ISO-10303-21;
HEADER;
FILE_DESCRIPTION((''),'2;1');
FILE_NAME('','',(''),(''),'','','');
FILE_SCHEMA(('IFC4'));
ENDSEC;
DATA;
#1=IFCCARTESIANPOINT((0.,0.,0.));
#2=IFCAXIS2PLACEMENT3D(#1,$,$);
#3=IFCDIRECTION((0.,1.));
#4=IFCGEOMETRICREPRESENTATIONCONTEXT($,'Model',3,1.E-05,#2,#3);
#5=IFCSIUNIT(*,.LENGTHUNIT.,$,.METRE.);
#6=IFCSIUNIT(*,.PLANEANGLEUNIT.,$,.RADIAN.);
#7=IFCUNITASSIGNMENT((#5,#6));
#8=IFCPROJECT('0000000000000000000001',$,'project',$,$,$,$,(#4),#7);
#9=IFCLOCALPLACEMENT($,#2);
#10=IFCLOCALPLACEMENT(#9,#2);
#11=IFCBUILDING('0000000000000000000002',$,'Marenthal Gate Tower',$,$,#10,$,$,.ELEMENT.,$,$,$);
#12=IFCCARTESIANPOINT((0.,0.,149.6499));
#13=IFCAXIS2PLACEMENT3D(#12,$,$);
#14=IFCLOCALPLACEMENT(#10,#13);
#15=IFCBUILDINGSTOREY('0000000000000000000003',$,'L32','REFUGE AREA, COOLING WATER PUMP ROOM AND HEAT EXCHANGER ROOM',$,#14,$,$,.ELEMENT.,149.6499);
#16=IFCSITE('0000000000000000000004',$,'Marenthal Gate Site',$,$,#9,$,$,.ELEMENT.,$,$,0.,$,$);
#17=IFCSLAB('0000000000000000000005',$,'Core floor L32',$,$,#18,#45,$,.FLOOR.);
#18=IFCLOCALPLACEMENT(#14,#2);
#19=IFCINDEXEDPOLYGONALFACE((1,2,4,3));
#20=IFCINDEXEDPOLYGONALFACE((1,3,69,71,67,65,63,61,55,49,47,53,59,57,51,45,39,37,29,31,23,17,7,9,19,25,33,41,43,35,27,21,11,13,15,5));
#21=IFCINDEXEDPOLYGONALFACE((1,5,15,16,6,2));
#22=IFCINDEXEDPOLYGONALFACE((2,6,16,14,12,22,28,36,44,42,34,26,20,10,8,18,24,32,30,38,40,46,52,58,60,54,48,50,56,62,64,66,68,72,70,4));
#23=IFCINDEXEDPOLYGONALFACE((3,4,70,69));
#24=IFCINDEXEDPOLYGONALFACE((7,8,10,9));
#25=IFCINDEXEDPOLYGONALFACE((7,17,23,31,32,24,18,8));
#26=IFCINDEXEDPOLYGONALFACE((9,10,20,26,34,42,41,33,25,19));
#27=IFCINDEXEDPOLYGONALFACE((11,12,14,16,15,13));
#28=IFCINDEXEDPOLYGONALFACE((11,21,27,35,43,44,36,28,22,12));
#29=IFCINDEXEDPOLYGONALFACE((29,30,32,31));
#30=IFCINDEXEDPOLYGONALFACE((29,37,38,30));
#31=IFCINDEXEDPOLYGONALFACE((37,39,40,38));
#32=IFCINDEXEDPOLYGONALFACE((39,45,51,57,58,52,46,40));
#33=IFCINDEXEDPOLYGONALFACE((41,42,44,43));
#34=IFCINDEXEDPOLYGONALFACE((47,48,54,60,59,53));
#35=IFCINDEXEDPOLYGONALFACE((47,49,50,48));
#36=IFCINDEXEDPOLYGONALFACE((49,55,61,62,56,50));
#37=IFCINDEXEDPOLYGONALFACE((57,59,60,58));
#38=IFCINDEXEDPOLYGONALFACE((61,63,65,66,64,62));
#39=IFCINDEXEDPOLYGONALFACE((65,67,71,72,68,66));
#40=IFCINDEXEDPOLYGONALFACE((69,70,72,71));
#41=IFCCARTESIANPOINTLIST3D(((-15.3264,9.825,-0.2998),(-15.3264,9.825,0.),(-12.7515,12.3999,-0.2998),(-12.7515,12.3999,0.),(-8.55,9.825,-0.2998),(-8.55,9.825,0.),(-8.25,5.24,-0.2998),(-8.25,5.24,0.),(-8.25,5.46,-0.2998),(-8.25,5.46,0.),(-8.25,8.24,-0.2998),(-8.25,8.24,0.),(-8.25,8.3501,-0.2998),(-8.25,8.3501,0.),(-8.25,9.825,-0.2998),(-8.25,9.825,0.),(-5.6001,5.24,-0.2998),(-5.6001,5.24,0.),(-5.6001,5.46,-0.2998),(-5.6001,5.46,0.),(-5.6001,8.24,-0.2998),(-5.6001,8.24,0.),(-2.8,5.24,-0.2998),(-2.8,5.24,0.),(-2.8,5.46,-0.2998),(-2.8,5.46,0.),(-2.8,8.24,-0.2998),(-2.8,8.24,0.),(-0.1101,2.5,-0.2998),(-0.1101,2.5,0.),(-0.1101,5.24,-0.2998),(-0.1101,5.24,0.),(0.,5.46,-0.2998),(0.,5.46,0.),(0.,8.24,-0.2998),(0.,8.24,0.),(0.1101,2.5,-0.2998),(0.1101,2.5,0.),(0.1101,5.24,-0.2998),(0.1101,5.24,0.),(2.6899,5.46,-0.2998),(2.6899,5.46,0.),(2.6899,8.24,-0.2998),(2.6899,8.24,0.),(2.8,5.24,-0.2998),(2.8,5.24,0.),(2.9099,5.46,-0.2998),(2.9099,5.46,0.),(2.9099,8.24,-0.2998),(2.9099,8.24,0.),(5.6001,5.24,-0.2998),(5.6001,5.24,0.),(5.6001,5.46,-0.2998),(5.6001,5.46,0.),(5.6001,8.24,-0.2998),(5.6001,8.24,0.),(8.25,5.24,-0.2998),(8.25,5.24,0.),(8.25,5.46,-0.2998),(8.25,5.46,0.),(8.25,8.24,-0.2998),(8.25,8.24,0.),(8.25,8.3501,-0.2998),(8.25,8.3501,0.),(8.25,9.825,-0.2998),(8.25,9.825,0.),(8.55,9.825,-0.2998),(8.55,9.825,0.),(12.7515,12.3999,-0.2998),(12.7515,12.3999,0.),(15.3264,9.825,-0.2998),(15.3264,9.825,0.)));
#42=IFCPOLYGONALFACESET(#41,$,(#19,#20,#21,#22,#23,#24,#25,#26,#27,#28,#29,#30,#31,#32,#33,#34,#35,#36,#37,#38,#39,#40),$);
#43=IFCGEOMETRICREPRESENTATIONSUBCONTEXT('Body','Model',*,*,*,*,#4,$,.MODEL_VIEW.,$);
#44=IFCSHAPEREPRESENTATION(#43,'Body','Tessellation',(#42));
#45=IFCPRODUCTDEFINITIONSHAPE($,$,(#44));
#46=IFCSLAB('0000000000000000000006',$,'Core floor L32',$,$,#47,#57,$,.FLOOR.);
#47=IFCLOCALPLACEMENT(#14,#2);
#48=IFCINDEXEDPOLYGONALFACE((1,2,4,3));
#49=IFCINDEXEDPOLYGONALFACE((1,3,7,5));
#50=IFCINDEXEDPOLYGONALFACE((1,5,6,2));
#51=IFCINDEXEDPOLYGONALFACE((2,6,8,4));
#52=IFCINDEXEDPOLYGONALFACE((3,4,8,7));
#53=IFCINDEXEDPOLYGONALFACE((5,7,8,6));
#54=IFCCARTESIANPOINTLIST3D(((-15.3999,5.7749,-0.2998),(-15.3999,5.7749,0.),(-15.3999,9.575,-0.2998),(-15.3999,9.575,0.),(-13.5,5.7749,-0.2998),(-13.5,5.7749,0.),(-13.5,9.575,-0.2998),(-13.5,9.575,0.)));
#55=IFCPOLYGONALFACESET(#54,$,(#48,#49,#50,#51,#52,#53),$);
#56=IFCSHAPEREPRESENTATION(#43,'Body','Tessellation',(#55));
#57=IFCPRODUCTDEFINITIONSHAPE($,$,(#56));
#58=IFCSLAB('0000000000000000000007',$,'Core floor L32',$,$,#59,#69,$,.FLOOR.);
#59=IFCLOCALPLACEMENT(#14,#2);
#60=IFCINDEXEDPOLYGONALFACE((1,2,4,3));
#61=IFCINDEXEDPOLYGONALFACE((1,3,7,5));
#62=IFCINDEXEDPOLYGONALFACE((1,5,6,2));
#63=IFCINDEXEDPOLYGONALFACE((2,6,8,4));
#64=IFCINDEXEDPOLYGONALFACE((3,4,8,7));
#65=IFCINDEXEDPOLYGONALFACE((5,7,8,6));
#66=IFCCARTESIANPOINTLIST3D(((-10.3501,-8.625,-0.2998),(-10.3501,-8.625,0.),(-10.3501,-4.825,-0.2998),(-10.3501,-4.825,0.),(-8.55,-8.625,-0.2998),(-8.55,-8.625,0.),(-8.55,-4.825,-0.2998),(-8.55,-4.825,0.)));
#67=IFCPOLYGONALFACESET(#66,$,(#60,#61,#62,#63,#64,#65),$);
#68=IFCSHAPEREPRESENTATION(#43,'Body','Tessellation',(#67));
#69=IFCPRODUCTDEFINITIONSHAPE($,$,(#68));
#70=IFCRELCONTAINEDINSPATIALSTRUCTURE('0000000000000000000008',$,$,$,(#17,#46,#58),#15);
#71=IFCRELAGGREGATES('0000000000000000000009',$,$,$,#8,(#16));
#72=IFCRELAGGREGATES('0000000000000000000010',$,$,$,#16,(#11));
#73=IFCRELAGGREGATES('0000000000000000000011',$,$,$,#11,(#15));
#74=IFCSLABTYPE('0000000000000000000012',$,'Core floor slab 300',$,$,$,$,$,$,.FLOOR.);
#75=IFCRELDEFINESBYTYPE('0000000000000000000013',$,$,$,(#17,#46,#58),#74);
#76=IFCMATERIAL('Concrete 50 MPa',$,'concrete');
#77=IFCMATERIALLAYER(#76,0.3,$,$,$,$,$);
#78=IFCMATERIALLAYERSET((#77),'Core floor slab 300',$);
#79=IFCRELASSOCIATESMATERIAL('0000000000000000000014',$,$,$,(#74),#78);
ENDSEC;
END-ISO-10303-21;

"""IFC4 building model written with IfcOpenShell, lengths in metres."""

from ifc_helpers import new_model, si_unit, direction, frame, origin, place, context, subcontext, project, spatial, polyline, outline, extrude, material, layer, layer_set, type_object, element, save


model = new_model("IFC4")

# Units and contexts
model_context = context("Model", 3, precision=1e-05, world=origin(), true_north=direction((0.0, 1.0)))
body_context = subcontext(model_context, "Body", "Model", "MODEL_VIEW")
ifc_project = project(units=[si_unit("LENGTHUNIT", "METRE"), si_unit("PLANEANGLEUNIT", "RADIAN")], contexts=[model_context])

# Site, building, storey
site_placement = place(None, origin())
site = spatial("IfcSite", under=ifc_project, at=site_placement, Name="Marenthal Gate Site", CompositionType="ELEMENT", RefElevation=0.0)
building_placement = place(site_placement, origin())
building = spatial("IfcBuilding", under=site, at=building_placement, Name="Marenthal Gate Tower", CompositionType="ELEMENT")
storey_placement = place(building_placement, frame((0.0, 0.0, 149.6499)))
storey = spatial("IfcBuildingStorey", under=building, at=storey_placement, Name="L32", Description="REFUGE AREA, COOLING WATER PUMP ROOM AND HEAT EXCHANGER ROOM", CompositionType="ELEMENT", Elevation=149.6499)

# Slabs
ifc_material_1 = material(Name="Concrete 50 MPa", Category="concrete")
ifc_layer_1 = layer(ifc_material_1, 0.3)
ifc_layer_set_1 = layer_set([ifc_layer_1], Name="Core floor slab 300")
slab_type_1 = type_object("IfcSlabType", Name="Core floor slab 300", PredefinedType="FLOOR", material=ifc_layer_set_1)
slab_1_placement = place(storey_placement, frame((0.0, 0.0, -0.2998)))
element("IfcSlab", 1, at=slab_1_placement, inside=storey, type_object=slab_type_1, Name="Core floor L32", PredefinedType="FLOOR", context=body_context, shape_type="SweptSolid", body=[
    extrude(outline(polyline([(12.7515, 12.3999), (15.3264, 9.825), (8.55, 9.825), (8.25, 9.825), (8.25, 8.3501), (8.25, 8.24), (5.6001, 8.24), (2.9099, 8.24), (2.9099, 5.46), (5.6001, 5.46), (8.25, 5.46), (8.25, 5.24), (5.6001, 5.24), (2.8, 5.24), (0.1101, 5.24), (0.1101, 2.5), (-0.1101, 2.5), (-0.1101, 5.24), (-2.8, 5.24), (-5.6001, 5.24), (-8.25, 5.24), (-8.25, 5.46), (-5.6001, 5.46), (-2.8, 5.46), (0.0, 5.46), (2.6899, 5.46), (2.6899, 8.24), (0.0, 8.24), (-2.8, 8.24), (-5.6001, 8.24), (-8.25, 8.24), (-8.25, 8.3501), (-8.25, 9.825), (-8.55, 9.825), (-15.3264, 9.825), (-12.7515, 12.3999), (12.7515, 12.3999)])), origin(), (0.0, 0.0, 1.0), 0.2998),
])
slab_2_placement = place(storey_placement, frame((0.0, 0.0, -0.2998)))
element("IfcSlab", 2, at=slab_2_placement, inside=storey, type_object=slab_type_1, Name="Core floor L32", PredefinedType="FLOOR", context=body_context, shape_type="SweptSolid", body=[
    extrude(outline(polyline([(-15.3999, 9.575), (-13.5, 9.575), (-13.5, 5.7749), (-15.3999, 5.7749), (-15.3999, 9.575)])), origin(), (0.0, 0.0, 1.0), 0.2998),
])
slab_3_placement = place(storey_placement, frame((0.0, 0.0, -0.2998)))
element("IfcSlab", 3, at=slab_3_placement, inside=storey, type_object=slab_type_1, Name="Core floor L32", PredefinedType="FLOOR", context=body_context, shape_type="SweptSolid", body=[
    extrude(outline(polyline([(-8.55, -8.625), (-10.3501, -8.625), (-10.3501, -4.825), (-8.55, -4.825), (-8.55, -8.625)])), origin(), (0.0, 0.0, 1.0), 0.2998),
])

save(model, "model.ifc")
